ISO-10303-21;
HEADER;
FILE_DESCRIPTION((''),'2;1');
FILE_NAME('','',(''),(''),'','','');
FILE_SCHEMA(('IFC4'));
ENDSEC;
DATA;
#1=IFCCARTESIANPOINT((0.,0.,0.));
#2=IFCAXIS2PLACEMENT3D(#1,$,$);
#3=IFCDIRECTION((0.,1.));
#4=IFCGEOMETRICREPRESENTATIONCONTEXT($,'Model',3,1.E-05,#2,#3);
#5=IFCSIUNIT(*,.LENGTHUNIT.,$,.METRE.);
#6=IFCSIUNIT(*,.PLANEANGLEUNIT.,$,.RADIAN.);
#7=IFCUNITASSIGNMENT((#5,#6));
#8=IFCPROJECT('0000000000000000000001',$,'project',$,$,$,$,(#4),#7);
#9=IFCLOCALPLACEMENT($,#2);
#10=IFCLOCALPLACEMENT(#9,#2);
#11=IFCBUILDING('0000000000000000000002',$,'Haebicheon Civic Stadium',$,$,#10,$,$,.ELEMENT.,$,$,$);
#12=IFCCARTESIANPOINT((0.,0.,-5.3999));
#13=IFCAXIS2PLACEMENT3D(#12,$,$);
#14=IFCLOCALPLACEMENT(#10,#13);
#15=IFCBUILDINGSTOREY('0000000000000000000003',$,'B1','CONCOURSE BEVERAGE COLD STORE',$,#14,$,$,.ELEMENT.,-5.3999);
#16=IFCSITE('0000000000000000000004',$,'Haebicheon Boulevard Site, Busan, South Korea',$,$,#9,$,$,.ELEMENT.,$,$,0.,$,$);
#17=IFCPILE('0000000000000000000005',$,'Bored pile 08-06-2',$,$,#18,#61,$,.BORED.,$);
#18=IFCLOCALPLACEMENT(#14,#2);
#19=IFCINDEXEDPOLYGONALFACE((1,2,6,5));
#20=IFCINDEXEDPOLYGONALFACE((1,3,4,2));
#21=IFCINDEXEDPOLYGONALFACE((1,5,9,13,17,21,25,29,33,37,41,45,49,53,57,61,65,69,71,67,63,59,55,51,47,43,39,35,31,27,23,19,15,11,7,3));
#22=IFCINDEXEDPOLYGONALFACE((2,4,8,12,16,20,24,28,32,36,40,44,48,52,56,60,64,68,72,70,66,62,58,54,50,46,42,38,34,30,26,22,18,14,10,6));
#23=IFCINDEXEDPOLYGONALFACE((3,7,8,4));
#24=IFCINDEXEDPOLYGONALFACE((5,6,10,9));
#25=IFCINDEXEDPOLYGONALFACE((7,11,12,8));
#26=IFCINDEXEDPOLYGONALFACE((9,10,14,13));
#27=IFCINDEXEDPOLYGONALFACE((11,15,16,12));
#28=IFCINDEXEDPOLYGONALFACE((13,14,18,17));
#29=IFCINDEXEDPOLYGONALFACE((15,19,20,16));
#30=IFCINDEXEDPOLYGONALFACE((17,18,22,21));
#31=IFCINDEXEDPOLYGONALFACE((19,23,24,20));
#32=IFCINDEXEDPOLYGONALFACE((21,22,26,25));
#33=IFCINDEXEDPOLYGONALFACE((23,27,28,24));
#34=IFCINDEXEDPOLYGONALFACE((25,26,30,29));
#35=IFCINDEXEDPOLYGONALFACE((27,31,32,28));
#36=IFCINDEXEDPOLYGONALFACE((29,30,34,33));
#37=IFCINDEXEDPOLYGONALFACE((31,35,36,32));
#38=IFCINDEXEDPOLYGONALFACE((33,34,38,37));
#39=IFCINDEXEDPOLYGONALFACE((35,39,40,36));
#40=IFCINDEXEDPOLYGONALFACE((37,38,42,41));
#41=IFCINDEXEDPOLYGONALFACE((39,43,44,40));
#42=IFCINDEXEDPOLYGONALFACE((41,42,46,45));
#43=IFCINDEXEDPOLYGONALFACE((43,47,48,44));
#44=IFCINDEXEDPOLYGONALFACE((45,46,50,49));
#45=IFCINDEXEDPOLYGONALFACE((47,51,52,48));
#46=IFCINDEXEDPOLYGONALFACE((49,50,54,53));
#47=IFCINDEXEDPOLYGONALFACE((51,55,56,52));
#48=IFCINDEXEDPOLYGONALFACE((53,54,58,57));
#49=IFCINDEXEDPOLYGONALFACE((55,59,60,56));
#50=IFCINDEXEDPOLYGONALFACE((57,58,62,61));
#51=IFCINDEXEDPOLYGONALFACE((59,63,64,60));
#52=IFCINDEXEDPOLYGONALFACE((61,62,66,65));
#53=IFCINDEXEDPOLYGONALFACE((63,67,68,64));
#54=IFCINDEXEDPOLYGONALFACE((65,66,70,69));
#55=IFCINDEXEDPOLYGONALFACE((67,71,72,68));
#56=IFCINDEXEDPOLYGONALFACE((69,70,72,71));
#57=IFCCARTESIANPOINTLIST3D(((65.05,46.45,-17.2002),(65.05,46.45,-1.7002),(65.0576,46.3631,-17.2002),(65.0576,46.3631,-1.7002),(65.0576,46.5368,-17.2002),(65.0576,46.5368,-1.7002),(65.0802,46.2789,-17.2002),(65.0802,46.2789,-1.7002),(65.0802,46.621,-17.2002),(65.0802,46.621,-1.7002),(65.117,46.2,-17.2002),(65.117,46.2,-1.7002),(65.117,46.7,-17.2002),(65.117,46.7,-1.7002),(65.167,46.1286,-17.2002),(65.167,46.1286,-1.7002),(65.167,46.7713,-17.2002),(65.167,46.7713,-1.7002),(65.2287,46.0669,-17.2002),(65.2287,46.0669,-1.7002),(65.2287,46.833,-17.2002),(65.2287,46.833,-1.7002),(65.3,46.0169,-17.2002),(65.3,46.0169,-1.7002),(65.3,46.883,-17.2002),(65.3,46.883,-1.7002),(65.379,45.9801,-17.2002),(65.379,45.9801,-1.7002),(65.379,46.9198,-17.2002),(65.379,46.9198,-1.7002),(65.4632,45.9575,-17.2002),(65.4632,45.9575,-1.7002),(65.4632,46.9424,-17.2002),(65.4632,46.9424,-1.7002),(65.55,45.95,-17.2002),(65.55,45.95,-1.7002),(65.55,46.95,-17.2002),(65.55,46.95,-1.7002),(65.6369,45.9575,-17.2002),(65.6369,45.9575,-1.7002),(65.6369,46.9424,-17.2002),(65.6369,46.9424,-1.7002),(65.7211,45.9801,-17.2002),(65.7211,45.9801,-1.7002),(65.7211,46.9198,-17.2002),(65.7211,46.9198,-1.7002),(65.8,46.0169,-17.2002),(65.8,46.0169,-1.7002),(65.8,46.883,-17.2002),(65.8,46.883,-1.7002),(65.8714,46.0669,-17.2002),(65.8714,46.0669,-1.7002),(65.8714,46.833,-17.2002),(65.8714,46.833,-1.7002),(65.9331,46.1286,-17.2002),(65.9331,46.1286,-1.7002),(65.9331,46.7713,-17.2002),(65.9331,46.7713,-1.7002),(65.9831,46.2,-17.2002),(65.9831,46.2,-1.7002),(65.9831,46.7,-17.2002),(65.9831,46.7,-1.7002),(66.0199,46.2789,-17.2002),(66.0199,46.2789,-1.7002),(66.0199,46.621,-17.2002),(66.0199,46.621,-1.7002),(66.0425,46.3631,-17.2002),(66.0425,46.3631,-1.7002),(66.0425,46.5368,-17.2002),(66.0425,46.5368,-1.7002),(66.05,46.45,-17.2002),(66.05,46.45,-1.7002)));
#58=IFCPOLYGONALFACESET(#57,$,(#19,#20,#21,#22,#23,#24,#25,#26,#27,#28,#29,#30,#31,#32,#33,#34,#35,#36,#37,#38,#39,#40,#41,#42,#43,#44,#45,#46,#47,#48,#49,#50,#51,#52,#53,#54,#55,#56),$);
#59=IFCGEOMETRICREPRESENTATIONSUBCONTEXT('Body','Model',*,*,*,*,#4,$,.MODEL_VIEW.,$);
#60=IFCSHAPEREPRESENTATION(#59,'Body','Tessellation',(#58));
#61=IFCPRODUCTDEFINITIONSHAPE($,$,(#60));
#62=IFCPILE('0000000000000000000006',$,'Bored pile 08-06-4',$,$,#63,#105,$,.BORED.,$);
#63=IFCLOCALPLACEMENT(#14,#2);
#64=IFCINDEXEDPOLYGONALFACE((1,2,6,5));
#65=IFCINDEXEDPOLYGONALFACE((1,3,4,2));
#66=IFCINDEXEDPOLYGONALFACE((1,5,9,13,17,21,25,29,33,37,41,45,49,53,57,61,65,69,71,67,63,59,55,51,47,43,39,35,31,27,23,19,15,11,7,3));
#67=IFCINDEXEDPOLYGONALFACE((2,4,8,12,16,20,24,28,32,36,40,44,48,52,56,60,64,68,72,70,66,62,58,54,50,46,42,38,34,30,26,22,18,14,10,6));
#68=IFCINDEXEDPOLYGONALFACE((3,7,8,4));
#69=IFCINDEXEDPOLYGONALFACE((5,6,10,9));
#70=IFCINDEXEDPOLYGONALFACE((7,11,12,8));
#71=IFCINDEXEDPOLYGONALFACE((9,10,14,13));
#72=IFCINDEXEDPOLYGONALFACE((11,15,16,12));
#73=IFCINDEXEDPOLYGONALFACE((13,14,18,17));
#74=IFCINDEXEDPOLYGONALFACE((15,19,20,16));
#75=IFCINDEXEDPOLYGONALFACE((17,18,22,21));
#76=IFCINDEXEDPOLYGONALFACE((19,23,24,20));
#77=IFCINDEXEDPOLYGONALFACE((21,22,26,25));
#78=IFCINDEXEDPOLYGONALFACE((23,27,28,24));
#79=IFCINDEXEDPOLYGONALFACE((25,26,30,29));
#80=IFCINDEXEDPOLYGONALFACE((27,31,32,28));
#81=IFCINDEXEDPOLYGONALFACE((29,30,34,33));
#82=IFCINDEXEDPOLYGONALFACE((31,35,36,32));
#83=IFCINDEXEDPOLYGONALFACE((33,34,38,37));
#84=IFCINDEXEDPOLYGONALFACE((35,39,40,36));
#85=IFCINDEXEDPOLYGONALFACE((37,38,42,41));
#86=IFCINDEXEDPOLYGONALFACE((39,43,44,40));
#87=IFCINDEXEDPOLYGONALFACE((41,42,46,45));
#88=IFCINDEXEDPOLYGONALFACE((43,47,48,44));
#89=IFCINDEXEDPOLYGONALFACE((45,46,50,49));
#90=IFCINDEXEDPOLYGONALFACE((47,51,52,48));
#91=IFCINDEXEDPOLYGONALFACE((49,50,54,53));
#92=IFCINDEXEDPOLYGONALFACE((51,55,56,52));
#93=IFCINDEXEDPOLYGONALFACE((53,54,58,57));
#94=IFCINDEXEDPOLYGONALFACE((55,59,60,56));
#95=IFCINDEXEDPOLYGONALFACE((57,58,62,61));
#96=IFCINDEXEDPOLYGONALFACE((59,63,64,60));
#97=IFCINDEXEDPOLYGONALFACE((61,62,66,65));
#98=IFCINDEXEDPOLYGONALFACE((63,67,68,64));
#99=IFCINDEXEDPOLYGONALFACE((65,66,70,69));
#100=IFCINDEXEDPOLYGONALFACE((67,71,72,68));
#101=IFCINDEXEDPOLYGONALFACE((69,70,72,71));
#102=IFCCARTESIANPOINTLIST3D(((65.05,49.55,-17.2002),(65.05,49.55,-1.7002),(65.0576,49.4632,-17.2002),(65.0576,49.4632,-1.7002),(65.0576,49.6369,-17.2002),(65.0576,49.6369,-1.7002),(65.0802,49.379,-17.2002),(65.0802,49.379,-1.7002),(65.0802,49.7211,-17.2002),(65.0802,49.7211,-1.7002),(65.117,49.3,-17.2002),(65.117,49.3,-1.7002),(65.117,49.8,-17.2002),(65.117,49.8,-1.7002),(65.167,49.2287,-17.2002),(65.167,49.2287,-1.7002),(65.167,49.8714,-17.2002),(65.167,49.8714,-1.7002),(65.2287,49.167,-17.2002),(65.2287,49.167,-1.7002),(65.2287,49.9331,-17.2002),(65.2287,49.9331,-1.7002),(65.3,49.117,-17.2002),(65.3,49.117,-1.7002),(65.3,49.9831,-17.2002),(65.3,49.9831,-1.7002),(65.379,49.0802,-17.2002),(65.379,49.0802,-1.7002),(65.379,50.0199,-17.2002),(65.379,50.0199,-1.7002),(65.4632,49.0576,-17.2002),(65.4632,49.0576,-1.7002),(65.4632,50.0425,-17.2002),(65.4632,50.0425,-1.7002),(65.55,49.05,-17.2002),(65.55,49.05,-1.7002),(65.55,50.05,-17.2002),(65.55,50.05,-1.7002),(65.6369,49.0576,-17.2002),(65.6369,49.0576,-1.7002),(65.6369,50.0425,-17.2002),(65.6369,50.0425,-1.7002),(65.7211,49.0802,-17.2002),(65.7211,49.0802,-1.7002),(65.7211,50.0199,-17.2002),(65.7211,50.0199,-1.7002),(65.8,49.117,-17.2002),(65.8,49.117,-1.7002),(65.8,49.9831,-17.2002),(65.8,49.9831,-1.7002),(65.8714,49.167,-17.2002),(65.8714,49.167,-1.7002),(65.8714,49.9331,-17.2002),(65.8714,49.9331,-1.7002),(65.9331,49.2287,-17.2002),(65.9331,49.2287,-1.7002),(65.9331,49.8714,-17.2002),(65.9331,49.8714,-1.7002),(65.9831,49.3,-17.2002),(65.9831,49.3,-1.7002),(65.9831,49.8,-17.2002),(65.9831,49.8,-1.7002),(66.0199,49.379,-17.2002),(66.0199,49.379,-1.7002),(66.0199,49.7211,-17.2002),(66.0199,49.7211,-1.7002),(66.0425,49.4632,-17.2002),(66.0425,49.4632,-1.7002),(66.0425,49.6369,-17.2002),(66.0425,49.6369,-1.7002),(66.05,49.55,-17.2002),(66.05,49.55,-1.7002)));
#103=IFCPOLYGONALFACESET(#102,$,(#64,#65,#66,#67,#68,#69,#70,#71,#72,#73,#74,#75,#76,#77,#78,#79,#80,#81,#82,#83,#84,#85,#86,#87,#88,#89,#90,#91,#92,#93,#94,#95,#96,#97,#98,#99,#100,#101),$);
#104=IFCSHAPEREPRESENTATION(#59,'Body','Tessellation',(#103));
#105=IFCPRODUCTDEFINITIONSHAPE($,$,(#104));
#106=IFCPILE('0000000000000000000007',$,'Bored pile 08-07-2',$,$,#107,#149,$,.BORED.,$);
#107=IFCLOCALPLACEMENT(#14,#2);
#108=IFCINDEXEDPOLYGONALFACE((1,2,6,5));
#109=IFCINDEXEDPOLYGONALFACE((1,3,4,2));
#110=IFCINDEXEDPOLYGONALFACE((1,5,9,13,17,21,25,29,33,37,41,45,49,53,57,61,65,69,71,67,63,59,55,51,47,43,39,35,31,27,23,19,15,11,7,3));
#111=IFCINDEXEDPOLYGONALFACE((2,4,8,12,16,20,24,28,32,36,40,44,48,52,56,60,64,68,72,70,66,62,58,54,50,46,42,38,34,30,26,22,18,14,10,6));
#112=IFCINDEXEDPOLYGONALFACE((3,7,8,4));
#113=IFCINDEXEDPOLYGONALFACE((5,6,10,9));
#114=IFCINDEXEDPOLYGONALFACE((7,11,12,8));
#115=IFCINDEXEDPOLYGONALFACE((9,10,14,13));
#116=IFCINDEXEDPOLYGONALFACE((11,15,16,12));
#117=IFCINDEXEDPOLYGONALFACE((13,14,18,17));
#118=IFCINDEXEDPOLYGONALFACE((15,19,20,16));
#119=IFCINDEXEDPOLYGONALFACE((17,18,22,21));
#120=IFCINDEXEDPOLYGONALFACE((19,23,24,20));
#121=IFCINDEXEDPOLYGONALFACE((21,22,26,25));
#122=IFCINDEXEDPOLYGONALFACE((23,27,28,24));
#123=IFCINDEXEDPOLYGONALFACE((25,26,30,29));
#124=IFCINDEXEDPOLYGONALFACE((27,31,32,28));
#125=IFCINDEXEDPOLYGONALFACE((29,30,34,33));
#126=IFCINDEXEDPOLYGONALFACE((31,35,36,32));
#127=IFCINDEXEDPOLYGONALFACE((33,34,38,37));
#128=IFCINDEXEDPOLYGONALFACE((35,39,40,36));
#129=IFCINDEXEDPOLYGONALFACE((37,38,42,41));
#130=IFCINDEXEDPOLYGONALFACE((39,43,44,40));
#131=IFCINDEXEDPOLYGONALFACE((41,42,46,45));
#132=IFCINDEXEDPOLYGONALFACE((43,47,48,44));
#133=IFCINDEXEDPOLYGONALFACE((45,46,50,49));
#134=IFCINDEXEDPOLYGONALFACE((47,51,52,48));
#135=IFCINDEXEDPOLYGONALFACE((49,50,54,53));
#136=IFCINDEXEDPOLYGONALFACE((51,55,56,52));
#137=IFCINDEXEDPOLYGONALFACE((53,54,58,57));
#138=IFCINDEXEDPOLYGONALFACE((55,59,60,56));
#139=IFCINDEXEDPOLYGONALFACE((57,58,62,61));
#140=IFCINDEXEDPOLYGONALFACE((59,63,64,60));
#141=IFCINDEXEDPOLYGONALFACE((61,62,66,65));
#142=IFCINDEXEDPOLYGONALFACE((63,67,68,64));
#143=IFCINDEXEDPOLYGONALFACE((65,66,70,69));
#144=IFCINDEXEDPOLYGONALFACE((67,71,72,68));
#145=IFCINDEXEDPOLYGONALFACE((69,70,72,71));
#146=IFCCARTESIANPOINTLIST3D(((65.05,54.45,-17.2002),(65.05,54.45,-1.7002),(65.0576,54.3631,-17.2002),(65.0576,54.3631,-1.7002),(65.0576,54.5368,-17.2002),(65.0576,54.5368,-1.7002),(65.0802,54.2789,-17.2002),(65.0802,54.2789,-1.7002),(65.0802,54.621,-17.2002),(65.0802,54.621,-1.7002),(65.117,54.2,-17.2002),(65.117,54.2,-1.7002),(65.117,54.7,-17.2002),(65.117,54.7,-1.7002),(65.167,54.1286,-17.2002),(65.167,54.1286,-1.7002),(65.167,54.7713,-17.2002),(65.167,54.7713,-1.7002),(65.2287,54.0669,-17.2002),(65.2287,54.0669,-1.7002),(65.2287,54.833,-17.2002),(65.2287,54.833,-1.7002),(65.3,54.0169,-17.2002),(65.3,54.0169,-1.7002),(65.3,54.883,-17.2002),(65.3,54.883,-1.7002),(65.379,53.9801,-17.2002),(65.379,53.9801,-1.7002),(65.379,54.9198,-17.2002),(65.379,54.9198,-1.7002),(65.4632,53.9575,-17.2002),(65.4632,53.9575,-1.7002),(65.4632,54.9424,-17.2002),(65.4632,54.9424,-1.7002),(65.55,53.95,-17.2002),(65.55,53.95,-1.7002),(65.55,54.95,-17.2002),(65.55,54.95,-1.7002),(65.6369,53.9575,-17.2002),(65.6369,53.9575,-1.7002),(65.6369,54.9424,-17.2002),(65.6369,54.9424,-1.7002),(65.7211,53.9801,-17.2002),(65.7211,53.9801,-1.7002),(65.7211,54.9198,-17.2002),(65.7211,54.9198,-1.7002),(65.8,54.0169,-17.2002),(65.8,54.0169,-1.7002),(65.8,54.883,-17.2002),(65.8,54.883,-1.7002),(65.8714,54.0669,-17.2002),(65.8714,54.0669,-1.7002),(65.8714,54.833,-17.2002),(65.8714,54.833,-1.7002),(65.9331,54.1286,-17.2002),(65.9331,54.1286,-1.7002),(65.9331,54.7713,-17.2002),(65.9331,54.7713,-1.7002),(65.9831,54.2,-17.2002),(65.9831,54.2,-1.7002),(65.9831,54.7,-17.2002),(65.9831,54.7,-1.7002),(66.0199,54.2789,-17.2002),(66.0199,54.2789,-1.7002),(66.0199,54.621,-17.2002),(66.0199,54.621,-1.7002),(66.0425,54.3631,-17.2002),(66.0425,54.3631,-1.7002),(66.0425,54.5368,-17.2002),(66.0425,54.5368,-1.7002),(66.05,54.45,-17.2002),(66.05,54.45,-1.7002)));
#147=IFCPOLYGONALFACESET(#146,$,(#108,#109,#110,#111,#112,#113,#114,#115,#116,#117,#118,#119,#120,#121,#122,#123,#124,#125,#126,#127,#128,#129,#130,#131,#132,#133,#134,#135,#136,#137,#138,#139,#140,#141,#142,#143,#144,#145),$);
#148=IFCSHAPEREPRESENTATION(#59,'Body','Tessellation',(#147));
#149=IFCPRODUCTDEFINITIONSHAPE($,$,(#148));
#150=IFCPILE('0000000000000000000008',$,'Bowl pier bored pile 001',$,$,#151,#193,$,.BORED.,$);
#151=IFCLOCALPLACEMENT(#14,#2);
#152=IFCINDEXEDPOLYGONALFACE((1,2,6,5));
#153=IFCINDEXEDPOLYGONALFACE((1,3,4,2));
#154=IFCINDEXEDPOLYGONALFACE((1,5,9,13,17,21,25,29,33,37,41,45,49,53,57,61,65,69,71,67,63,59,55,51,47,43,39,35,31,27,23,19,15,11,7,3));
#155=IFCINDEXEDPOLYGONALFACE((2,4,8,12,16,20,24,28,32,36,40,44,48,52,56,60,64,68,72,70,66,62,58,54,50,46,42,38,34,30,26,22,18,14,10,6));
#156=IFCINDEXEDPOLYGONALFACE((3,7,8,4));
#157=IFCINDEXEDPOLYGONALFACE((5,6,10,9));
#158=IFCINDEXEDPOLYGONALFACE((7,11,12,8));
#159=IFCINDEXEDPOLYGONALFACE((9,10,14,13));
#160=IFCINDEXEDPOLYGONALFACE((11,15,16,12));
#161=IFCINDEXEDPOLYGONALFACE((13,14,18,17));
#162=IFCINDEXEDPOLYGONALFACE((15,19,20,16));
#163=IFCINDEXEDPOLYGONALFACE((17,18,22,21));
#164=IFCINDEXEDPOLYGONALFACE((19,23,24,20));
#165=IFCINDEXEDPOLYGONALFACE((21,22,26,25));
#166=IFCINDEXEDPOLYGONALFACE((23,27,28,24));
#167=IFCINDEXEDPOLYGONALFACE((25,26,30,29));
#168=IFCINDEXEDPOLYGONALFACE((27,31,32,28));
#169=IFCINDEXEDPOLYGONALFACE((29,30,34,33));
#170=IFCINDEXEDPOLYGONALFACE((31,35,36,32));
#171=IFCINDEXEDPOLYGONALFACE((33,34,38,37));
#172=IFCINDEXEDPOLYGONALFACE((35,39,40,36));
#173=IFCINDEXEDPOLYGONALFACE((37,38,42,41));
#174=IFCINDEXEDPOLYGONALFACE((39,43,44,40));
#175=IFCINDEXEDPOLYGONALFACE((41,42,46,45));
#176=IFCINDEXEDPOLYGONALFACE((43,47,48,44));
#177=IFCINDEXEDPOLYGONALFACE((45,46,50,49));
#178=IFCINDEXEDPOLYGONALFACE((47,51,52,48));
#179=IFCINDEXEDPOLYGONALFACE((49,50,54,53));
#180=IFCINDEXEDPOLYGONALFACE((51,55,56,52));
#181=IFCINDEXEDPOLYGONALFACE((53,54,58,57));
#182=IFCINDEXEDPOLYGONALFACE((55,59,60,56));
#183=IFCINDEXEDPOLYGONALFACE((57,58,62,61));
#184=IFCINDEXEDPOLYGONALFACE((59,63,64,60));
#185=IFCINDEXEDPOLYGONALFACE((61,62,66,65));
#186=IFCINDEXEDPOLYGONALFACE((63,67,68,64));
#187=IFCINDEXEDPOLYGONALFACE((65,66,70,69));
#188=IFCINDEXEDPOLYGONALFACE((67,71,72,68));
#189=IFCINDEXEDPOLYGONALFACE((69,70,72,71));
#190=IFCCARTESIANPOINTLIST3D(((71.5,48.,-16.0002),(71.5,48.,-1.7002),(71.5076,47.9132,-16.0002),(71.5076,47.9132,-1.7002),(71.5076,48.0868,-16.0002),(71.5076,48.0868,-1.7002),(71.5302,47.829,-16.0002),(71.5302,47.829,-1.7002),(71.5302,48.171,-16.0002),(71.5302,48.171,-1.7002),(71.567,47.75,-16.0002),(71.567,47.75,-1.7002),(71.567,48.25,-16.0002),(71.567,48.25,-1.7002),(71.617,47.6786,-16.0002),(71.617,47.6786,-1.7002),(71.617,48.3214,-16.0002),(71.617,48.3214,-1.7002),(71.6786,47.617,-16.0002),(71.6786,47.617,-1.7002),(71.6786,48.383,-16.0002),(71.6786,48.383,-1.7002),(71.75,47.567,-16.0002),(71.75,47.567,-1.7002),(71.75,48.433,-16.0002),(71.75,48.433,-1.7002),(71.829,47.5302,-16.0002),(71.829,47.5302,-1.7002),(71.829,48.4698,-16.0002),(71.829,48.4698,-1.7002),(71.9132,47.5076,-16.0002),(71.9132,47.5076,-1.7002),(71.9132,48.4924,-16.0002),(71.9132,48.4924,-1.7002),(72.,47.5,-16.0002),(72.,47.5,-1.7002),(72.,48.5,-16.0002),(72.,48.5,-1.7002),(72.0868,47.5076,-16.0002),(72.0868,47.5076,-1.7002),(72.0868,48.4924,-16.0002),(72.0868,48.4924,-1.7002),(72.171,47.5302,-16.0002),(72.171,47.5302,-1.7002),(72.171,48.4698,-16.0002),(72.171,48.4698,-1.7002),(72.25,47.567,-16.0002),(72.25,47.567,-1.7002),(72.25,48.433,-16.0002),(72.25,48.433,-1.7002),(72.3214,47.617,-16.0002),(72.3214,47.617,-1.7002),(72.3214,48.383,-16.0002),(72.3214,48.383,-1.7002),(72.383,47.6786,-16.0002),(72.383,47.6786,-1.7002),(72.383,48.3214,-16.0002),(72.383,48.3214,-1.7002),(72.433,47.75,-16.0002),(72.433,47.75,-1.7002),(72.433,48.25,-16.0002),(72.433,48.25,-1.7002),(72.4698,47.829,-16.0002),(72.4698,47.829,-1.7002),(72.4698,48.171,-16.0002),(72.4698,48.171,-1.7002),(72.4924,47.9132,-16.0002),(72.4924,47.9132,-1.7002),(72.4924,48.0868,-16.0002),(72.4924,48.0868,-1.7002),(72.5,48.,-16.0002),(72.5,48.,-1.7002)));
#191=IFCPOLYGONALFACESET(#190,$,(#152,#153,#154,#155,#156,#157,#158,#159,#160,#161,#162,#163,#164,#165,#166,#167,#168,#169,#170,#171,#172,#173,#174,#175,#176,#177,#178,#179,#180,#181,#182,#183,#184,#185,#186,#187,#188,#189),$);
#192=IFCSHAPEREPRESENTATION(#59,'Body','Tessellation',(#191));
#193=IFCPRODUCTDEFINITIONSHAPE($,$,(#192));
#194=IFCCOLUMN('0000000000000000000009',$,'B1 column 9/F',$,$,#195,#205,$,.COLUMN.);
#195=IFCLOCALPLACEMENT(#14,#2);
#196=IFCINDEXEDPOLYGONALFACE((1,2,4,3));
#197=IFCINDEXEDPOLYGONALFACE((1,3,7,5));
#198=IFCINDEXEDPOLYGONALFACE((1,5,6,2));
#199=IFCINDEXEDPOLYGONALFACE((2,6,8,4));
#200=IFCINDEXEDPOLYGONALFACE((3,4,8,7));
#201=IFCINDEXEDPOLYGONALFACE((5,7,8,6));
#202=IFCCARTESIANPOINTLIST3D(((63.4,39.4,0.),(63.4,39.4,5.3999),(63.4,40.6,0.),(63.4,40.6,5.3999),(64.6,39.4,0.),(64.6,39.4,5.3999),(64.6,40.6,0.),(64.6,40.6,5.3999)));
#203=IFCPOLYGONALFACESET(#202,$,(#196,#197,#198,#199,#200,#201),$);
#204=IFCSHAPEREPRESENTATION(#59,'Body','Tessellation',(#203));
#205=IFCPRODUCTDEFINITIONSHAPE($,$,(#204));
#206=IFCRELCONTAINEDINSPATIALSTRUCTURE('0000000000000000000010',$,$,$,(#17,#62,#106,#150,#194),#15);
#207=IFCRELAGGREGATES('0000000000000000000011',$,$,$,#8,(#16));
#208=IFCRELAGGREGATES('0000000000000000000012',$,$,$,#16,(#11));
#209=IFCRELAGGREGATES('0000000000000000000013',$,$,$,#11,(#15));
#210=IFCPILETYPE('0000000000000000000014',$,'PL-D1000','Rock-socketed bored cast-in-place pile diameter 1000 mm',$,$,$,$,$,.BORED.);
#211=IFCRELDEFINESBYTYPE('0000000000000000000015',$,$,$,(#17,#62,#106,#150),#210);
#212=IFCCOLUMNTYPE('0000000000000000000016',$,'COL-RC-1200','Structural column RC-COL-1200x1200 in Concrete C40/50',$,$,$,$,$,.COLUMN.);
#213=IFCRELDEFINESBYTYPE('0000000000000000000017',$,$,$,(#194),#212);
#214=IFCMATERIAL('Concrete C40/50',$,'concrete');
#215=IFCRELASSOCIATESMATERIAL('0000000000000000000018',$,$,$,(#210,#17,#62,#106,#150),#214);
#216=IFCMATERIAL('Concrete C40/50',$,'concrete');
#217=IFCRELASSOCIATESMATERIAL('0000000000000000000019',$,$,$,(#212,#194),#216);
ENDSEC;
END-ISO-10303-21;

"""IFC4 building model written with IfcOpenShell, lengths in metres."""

from ifc_helpers import new_model, si_unit, direction, frame, origin, origin_2d, place, context, subcontext, project, spatial, rectangle, circle, extrude, material, material_profile, profile_set, type_object, element, save


model = new_model("IFC4")

# Units and contexts
model_context = context("Model", 3, precision=1e-05, world=origin(), true_north=direction((0.0, 1.0)))
body_context = subcontext(model_context, "Body", "Model", "MODEL_VIEW")
ifc_project = project(units=[si_unit("LENGTHUNIT", "METRE"), si_unit("PLANEANGLEUNIT", "RADIAN")], contexts=[model_context])

# Site, building, storey
site_placement = place(None, origin())
site = spatial("IfcSite", under=ifc_project, at=site_placement, Name="Haebicheon Boulevard Site, Busan, South Korea", CompositionType="ELEMENT", RefElevation=0.0)
building_placement = place(site_placement, origin())
building = spatial("IfcBuilding", under=site, at=building_placement, Name="Haebicheon Civic Stadium", CompositionType="ELEMENT")
storey_placement = place(building_placement, frame((0.0, 0.0, -5.3999)))
storey = spatial("IfcBuildingStorey", under=building, at=storey_placement, Name="B1", Description="CONCOURSE BEVERAGE COLD STORE", CompositionType="ELEMENT", Elevation=-5.3999)

# Piles
ifc_material_1 = material(Name="Concrete C40/50", Category="concrete")
ifc_material_profile_1 = material_profile(ifc_material_1, circle(Radius=0.5, at=origin_2d()), Name="PILE-D1000")
ifc_profile_set_1 = profile_set([ifc_material_profile_1], Name="Concrete C40/50")
pile_type = type_object("IfcPileType", Name="PL-D1000", Description="Rock-socketed bored cast-in-place pile diameter 1000 mm", PredefinedType="BORED", material=ifc_profile_set_1)
for number, where, z_axis, x_axis, name in (
    (1, (65.55, 46.45, -1.7002), (0.0, 0.0, -1.0), (1.0, 0.0, 0.0), "Bored pile 08-06-2"),
    (2, (65.55, 49.55, -1.7002), (0.0, 0.0, -1.0), (1.0, 0.0, 0.0), "Bored pile 08-06-4"),
    (3, (65.55, 54.45, -1.7002), (0.0, 0.0, -1.0), (1.0, 0.0, 0.0), "Bored pile 08-07-2"),
):
    element("IfcPile", number, at=place(storey_placement, frame(where, z_axis=z_axis, x_axis=x_axis)), inside=storey, type_object=pile_type, material=ifc_profile_set_1, Name=name, PredefinedType="BORED", context=body_context, shape_type="SweptSolid", body=[
        extrude(circle(Radius=0.5, at=origin_2d()), origin(), (0.0, 0.0, 1.0), 15.5),
    ])
pile_placement = place(storey_placement, frame((72.0, 48.0, -1.7002), z_axis=(0.0, 0.0, -1.0), x_axis=(1.0, 0.0, 0.0)))
element("IfcPile", 4, at=pile_placement, inside=storey, type_object=pile_type, material=ifc_profile_set_1, Name="Bowl pier bored pile 001", PredefinedType="BORED", context=body_context, shape_type="SweptSolid", body=[
    extrude(circle(Radius=0.5, at=origin_2d()), origin(), (0.0, 0.0, 1.0), 14.3),
])

# Column
ifc_material_2 = material(Name="Concrete C40/50", Category="concrete")
ifc_material_profile_2 = material_profile(ifc_material_2, rectangle(XDim=1.2, YDim=1.2, at=origin_2d()), Name="RC-COL-1200x1200")
ifc_profile_set_2 = profile_set([ifc_material_profile_2], Name="Concrete C40/50")
column_type = type_object("IfcColumnType", Name="COL-RC-1200", Description="Structural column RC-COL-1200x1200 in Concrete C40/50", PredefinedType="COLUMN", material=ifc_profile_set_2)
for number, where, z_axis, x_axis, name in (
    (5, (64.0, 40.0, 0.0), (0.0, 0.0, 1.0), (1.0, 0.0, 0.0), "B1 column 9/F"),
):
    element("IfcColumn", number, at=place(storey_placement, frame(where, z_axis=z_axis, x_axis=x_axis)), inside=storey, type_object=column_type, material=ifc_profile_set_2, Name=name, PredefinedType="COLUMN", context=body_context, shape_type="SweptSolid", body=[
        extrude(rectangle(XDim=1.2, YDim=1.2, at=origin_2d()), origin(), (0.0, 0.0, 1.0), 5.3999),
    ])

save(model, "model.ifc")
